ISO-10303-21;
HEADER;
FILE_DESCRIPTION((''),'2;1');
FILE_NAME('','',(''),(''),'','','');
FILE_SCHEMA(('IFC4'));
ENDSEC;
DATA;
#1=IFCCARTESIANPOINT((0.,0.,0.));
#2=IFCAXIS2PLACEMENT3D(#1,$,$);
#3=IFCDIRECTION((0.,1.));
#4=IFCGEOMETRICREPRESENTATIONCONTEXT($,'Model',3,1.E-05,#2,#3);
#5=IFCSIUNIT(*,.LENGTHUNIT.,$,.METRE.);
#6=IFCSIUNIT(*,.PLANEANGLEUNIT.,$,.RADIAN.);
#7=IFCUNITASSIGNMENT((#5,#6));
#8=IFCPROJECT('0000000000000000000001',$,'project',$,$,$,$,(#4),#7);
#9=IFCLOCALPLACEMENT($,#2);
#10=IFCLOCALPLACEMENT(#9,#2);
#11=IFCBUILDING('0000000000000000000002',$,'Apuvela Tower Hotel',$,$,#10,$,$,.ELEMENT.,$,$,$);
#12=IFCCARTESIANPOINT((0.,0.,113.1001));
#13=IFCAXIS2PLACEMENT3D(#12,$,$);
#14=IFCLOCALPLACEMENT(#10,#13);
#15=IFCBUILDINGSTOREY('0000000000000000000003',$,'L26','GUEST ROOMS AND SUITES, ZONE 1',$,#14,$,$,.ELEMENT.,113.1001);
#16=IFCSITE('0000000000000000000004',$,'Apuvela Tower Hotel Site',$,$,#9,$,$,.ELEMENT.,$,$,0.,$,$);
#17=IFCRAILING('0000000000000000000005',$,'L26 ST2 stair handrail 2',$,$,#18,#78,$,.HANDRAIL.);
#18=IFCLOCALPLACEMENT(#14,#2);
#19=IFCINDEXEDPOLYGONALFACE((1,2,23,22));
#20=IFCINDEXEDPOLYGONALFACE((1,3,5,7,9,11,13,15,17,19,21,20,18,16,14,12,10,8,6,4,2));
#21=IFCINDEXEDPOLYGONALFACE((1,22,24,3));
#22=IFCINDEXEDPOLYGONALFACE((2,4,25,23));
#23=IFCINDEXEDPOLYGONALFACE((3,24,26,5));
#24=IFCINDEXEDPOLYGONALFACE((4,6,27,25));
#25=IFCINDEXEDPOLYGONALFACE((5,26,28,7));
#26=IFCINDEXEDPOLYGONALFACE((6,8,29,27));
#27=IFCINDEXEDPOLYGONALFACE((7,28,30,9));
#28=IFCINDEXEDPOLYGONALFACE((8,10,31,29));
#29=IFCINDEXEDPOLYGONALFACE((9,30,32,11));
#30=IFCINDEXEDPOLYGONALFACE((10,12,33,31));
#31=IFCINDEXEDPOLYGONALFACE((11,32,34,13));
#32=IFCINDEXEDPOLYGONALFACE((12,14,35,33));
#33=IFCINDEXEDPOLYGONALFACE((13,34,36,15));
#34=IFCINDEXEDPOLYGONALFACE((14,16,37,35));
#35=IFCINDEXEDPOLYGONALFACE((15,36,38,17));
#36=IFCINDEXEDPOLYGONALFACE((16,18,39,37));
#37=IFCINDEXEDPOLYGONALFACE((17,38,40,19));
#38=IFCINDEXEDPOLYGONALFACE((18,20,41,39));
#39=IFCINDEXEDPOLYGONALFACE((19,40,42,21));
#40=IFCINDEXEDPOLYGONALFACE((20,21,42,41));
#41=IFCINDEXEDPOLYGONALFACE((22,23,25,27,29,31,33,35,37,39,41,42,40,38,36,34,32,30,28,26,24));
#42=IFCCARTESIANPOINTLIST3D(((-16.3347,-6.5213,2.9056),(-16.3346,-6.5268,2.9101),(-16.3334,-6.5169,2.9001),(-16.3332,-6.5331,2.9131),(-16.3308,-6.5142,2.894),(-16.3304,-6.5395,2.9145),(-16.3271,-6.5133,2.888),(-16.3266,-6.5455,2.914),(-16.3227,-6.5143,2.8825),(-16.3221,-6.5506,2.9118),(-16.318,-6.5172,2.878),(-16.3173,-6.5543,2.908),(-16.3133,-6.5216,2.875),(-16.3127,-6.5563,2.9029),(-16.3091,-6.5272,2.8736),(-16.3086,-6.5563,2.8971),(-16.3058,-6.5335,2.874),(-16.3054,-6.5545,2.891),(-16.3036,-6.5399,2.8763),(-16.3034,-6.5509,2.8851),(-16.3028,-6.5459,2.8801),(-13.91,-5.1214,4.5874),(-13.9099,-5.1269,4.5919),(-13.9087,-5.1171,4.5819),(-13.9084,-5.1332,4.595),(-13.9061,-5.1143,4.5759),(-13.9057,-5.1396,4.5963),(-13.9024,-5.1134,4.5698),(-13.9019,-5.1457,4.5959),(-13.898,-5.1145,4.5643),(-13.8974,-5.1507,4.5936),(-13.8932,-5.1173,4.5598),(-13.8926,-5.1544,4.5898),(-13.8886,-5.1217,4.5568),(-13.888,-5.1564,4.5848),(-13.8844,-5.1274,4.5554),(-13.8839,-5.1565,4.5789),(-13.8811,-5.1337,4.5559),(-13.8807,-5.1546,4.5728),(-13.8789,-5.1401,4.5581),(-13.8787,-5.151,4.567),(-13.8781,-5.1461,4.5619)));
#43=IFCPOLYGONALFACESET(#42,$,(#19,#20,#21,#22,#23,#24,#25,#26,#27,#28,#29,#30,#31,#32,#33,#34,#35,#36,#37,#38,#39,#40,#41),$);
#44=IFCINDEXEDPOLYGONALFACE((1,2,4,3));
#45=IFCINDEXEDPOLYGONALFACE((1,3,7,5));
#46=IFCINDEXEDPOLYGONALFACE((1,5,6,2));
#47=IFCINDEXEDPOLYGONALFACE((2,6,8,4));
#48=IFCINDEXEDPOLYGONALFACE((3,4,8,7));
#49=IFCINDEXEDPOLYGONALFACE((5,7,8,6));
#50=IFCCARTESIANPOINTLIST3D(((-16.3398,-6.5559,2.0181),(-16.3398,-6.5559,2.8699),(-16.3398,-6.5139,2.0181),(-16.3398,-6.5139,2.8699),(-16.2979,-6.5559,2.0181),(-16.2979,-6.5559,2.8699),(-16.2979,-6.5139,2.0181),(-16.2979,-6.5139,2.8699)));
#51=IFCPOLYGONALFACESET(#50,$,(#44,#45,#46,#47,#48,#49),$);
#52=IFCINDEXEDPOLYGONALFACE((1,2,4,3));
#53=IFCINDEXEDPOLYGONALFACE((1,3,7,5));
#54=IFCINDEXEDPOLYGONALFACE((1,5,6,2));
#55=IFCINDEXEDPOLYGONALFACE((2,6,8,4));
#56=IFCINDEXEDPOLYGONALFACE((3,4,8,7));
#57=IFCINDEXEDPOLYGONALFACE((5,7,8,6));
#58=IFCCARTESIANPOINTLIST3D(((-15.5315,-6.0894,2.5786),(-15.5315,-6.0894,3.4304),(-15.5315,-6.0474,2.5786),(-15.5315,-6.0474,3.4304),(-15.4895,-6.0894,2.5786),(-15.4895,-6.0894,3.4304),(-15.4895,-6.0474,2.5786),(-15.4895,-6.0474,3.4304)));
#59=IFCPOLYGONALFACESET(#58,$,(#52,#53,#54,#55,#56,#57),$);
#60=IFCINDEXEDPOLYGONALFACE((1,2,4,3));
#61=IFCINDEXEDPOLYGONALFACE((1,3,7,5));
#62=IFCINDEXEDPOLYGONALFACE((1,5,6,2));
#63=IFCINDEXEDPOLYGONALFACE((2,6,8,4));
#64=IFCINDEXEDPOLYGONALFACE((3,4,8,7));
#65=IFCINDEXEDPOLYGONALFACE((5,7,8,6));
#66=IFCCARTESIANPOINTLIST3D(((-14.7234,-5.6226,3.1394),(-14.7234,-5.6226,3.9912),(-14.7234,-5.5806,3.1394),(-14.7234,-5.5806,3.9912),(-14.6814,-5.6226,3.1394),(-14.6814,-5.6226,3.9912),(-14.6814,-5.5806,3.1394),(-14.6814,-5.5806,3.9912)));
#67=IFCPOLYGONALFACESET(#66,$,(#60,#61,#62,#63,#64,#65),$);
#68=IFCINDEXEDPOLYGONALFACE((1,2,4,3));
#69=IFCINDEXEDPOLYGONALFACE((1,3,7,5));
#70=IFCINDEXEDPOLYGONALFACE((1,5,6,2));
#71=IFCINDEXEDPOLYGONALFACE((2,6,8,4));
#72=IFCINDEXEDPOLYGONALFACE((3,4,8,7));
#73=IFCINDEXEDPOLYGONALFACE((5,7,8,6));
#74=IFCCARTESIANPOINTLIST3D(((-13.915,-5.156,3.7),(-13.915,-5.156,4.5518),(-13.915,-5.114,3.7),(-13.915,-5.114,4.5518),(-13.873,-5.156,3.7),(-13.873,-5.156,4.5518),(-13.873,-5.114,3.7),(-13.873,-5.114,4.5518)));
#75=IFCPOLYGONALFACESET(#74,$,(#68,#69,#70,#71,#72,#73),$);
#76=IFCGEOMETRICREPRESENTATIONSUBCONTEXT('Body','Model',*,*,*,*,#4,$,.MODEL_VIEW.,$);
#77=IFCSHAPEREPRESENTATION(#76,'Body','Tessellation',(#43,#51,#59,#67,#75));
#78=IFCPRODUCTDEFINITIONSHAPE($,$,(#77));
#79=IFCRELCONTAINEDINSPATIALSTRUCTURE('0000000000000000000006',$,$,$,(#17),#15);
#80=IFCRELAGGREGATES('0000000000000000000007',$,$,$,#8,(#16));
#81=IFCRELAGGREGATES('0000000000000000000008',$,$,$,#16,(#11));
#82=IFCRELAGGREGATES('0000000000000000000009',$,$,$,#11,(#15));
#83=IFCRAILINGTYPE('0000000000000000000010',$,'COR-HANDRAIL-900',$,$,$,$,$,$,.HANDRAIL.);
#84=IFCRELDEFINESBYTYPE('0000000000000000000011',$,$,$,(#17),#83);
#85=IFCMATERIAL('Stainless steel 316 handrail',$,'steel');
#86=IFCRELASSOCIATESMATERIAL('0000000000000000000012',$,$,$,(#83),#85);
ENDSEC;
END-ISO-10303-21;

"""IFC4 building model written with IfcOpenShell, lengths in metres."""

from ifc_helpers import new_model, si_unit, direction, frame, origin, origin_2d, place, context, subcontext, project, spatial, rectangle, circle, extrude, material, type_object, element, save


model = new_model("IFC4")

# Units and contexts
model_context = context("Model", 3, precision=1e-05, world=origin(), true_north=direction((0.0, 1.0)))
body_context = subcontext(model_context, "Body", "Model", "MODEL_VIEW")
ifc_project = project(units=[si_unit("LENGTHUNIT", "METRE"), si_unit("PLANEANGLEUNIT", "RADIAN")], contexts=[model_context])

# Site, building, storey
site_placement = place(None, origin())
site = spatial("IfcSite", under=ifc_project, at=site_placement, Name="Apuvela Tower Hotel Site", CompositionType="ELEMENT", RefElevation=0.0)
building_placement = place(site_placement, origin())
building = spatial("IfcBuilding", under=site, at=building_placement, Name="Apuvela Tower Hotel", CompositionType="ELEMENT")
storey_placement = place(building_placement, frame((0.0, 0.0, 113.1001)))
storey = spatial("IfcBuildingStorey", under=building, at=storey_placement, Name="L26", Description="GUEST ROOMS AND SUITES, ZONE 1", CompositionType="ELEMENT", Elevation=113.1001)

# Railing
ifc_material_1 = material(Name="Stainless steel 316 handrail", Category="steel")
railing_type_1 = type_object("IfcRailingType", Name="COR-HANDRAIL-900", PredefinedType="HANDRAIL", material=ifc_material_1)
railing_1_placement = place(storey_placement, frame((-16.3188, -6.5349, 2.0181)))
element("IfcRailing", 1, at=railing_1_placement, inside=storey, type_object=railing_type_1, Name="L26 ST2 stair handrail 2", PredefinedType="HANDRAIL", context=body_context, shape_type="SweptSolid", body=[
    extrude(circle(Radius=0.0239, at=origin_2d()), frame((0.0, 0.0, 0.876), z_axis=(0.74239, 0.428601, 0.514934), x_axis=(-0.499984, 0.866035, 0.0)), (0.0, 0.0, 1.0), 3.2661),
    extrude(rectangle(XDim=0.042, YDim=0.042, at=origin_2d()), origin(), (0.0, 0.0, 1.0), 0.8518),
    extrude(rectangle(XDim=0.042, YDim=0.042, at=origin_2d()), frame((0.8083, 0.4666, 0.5605)), (0.0, 0.0, 1.0), 0.8518),
    extrude(rectangle(XDim=0.042, YDim=0.042, at=origin_2d()), frame((1.6165, 0.9333, 1.1213)), (0.0, 0.0, 1.0), 0.8518),
    extrude(rectangle(XDim=0.042, YDim=0.042, at=origin_2d()), frame((2.4248, 1.3999, 1.6819)), (0.0, 0.0, 1.0), 0.8518),
])

save(model, "model.ifc")
